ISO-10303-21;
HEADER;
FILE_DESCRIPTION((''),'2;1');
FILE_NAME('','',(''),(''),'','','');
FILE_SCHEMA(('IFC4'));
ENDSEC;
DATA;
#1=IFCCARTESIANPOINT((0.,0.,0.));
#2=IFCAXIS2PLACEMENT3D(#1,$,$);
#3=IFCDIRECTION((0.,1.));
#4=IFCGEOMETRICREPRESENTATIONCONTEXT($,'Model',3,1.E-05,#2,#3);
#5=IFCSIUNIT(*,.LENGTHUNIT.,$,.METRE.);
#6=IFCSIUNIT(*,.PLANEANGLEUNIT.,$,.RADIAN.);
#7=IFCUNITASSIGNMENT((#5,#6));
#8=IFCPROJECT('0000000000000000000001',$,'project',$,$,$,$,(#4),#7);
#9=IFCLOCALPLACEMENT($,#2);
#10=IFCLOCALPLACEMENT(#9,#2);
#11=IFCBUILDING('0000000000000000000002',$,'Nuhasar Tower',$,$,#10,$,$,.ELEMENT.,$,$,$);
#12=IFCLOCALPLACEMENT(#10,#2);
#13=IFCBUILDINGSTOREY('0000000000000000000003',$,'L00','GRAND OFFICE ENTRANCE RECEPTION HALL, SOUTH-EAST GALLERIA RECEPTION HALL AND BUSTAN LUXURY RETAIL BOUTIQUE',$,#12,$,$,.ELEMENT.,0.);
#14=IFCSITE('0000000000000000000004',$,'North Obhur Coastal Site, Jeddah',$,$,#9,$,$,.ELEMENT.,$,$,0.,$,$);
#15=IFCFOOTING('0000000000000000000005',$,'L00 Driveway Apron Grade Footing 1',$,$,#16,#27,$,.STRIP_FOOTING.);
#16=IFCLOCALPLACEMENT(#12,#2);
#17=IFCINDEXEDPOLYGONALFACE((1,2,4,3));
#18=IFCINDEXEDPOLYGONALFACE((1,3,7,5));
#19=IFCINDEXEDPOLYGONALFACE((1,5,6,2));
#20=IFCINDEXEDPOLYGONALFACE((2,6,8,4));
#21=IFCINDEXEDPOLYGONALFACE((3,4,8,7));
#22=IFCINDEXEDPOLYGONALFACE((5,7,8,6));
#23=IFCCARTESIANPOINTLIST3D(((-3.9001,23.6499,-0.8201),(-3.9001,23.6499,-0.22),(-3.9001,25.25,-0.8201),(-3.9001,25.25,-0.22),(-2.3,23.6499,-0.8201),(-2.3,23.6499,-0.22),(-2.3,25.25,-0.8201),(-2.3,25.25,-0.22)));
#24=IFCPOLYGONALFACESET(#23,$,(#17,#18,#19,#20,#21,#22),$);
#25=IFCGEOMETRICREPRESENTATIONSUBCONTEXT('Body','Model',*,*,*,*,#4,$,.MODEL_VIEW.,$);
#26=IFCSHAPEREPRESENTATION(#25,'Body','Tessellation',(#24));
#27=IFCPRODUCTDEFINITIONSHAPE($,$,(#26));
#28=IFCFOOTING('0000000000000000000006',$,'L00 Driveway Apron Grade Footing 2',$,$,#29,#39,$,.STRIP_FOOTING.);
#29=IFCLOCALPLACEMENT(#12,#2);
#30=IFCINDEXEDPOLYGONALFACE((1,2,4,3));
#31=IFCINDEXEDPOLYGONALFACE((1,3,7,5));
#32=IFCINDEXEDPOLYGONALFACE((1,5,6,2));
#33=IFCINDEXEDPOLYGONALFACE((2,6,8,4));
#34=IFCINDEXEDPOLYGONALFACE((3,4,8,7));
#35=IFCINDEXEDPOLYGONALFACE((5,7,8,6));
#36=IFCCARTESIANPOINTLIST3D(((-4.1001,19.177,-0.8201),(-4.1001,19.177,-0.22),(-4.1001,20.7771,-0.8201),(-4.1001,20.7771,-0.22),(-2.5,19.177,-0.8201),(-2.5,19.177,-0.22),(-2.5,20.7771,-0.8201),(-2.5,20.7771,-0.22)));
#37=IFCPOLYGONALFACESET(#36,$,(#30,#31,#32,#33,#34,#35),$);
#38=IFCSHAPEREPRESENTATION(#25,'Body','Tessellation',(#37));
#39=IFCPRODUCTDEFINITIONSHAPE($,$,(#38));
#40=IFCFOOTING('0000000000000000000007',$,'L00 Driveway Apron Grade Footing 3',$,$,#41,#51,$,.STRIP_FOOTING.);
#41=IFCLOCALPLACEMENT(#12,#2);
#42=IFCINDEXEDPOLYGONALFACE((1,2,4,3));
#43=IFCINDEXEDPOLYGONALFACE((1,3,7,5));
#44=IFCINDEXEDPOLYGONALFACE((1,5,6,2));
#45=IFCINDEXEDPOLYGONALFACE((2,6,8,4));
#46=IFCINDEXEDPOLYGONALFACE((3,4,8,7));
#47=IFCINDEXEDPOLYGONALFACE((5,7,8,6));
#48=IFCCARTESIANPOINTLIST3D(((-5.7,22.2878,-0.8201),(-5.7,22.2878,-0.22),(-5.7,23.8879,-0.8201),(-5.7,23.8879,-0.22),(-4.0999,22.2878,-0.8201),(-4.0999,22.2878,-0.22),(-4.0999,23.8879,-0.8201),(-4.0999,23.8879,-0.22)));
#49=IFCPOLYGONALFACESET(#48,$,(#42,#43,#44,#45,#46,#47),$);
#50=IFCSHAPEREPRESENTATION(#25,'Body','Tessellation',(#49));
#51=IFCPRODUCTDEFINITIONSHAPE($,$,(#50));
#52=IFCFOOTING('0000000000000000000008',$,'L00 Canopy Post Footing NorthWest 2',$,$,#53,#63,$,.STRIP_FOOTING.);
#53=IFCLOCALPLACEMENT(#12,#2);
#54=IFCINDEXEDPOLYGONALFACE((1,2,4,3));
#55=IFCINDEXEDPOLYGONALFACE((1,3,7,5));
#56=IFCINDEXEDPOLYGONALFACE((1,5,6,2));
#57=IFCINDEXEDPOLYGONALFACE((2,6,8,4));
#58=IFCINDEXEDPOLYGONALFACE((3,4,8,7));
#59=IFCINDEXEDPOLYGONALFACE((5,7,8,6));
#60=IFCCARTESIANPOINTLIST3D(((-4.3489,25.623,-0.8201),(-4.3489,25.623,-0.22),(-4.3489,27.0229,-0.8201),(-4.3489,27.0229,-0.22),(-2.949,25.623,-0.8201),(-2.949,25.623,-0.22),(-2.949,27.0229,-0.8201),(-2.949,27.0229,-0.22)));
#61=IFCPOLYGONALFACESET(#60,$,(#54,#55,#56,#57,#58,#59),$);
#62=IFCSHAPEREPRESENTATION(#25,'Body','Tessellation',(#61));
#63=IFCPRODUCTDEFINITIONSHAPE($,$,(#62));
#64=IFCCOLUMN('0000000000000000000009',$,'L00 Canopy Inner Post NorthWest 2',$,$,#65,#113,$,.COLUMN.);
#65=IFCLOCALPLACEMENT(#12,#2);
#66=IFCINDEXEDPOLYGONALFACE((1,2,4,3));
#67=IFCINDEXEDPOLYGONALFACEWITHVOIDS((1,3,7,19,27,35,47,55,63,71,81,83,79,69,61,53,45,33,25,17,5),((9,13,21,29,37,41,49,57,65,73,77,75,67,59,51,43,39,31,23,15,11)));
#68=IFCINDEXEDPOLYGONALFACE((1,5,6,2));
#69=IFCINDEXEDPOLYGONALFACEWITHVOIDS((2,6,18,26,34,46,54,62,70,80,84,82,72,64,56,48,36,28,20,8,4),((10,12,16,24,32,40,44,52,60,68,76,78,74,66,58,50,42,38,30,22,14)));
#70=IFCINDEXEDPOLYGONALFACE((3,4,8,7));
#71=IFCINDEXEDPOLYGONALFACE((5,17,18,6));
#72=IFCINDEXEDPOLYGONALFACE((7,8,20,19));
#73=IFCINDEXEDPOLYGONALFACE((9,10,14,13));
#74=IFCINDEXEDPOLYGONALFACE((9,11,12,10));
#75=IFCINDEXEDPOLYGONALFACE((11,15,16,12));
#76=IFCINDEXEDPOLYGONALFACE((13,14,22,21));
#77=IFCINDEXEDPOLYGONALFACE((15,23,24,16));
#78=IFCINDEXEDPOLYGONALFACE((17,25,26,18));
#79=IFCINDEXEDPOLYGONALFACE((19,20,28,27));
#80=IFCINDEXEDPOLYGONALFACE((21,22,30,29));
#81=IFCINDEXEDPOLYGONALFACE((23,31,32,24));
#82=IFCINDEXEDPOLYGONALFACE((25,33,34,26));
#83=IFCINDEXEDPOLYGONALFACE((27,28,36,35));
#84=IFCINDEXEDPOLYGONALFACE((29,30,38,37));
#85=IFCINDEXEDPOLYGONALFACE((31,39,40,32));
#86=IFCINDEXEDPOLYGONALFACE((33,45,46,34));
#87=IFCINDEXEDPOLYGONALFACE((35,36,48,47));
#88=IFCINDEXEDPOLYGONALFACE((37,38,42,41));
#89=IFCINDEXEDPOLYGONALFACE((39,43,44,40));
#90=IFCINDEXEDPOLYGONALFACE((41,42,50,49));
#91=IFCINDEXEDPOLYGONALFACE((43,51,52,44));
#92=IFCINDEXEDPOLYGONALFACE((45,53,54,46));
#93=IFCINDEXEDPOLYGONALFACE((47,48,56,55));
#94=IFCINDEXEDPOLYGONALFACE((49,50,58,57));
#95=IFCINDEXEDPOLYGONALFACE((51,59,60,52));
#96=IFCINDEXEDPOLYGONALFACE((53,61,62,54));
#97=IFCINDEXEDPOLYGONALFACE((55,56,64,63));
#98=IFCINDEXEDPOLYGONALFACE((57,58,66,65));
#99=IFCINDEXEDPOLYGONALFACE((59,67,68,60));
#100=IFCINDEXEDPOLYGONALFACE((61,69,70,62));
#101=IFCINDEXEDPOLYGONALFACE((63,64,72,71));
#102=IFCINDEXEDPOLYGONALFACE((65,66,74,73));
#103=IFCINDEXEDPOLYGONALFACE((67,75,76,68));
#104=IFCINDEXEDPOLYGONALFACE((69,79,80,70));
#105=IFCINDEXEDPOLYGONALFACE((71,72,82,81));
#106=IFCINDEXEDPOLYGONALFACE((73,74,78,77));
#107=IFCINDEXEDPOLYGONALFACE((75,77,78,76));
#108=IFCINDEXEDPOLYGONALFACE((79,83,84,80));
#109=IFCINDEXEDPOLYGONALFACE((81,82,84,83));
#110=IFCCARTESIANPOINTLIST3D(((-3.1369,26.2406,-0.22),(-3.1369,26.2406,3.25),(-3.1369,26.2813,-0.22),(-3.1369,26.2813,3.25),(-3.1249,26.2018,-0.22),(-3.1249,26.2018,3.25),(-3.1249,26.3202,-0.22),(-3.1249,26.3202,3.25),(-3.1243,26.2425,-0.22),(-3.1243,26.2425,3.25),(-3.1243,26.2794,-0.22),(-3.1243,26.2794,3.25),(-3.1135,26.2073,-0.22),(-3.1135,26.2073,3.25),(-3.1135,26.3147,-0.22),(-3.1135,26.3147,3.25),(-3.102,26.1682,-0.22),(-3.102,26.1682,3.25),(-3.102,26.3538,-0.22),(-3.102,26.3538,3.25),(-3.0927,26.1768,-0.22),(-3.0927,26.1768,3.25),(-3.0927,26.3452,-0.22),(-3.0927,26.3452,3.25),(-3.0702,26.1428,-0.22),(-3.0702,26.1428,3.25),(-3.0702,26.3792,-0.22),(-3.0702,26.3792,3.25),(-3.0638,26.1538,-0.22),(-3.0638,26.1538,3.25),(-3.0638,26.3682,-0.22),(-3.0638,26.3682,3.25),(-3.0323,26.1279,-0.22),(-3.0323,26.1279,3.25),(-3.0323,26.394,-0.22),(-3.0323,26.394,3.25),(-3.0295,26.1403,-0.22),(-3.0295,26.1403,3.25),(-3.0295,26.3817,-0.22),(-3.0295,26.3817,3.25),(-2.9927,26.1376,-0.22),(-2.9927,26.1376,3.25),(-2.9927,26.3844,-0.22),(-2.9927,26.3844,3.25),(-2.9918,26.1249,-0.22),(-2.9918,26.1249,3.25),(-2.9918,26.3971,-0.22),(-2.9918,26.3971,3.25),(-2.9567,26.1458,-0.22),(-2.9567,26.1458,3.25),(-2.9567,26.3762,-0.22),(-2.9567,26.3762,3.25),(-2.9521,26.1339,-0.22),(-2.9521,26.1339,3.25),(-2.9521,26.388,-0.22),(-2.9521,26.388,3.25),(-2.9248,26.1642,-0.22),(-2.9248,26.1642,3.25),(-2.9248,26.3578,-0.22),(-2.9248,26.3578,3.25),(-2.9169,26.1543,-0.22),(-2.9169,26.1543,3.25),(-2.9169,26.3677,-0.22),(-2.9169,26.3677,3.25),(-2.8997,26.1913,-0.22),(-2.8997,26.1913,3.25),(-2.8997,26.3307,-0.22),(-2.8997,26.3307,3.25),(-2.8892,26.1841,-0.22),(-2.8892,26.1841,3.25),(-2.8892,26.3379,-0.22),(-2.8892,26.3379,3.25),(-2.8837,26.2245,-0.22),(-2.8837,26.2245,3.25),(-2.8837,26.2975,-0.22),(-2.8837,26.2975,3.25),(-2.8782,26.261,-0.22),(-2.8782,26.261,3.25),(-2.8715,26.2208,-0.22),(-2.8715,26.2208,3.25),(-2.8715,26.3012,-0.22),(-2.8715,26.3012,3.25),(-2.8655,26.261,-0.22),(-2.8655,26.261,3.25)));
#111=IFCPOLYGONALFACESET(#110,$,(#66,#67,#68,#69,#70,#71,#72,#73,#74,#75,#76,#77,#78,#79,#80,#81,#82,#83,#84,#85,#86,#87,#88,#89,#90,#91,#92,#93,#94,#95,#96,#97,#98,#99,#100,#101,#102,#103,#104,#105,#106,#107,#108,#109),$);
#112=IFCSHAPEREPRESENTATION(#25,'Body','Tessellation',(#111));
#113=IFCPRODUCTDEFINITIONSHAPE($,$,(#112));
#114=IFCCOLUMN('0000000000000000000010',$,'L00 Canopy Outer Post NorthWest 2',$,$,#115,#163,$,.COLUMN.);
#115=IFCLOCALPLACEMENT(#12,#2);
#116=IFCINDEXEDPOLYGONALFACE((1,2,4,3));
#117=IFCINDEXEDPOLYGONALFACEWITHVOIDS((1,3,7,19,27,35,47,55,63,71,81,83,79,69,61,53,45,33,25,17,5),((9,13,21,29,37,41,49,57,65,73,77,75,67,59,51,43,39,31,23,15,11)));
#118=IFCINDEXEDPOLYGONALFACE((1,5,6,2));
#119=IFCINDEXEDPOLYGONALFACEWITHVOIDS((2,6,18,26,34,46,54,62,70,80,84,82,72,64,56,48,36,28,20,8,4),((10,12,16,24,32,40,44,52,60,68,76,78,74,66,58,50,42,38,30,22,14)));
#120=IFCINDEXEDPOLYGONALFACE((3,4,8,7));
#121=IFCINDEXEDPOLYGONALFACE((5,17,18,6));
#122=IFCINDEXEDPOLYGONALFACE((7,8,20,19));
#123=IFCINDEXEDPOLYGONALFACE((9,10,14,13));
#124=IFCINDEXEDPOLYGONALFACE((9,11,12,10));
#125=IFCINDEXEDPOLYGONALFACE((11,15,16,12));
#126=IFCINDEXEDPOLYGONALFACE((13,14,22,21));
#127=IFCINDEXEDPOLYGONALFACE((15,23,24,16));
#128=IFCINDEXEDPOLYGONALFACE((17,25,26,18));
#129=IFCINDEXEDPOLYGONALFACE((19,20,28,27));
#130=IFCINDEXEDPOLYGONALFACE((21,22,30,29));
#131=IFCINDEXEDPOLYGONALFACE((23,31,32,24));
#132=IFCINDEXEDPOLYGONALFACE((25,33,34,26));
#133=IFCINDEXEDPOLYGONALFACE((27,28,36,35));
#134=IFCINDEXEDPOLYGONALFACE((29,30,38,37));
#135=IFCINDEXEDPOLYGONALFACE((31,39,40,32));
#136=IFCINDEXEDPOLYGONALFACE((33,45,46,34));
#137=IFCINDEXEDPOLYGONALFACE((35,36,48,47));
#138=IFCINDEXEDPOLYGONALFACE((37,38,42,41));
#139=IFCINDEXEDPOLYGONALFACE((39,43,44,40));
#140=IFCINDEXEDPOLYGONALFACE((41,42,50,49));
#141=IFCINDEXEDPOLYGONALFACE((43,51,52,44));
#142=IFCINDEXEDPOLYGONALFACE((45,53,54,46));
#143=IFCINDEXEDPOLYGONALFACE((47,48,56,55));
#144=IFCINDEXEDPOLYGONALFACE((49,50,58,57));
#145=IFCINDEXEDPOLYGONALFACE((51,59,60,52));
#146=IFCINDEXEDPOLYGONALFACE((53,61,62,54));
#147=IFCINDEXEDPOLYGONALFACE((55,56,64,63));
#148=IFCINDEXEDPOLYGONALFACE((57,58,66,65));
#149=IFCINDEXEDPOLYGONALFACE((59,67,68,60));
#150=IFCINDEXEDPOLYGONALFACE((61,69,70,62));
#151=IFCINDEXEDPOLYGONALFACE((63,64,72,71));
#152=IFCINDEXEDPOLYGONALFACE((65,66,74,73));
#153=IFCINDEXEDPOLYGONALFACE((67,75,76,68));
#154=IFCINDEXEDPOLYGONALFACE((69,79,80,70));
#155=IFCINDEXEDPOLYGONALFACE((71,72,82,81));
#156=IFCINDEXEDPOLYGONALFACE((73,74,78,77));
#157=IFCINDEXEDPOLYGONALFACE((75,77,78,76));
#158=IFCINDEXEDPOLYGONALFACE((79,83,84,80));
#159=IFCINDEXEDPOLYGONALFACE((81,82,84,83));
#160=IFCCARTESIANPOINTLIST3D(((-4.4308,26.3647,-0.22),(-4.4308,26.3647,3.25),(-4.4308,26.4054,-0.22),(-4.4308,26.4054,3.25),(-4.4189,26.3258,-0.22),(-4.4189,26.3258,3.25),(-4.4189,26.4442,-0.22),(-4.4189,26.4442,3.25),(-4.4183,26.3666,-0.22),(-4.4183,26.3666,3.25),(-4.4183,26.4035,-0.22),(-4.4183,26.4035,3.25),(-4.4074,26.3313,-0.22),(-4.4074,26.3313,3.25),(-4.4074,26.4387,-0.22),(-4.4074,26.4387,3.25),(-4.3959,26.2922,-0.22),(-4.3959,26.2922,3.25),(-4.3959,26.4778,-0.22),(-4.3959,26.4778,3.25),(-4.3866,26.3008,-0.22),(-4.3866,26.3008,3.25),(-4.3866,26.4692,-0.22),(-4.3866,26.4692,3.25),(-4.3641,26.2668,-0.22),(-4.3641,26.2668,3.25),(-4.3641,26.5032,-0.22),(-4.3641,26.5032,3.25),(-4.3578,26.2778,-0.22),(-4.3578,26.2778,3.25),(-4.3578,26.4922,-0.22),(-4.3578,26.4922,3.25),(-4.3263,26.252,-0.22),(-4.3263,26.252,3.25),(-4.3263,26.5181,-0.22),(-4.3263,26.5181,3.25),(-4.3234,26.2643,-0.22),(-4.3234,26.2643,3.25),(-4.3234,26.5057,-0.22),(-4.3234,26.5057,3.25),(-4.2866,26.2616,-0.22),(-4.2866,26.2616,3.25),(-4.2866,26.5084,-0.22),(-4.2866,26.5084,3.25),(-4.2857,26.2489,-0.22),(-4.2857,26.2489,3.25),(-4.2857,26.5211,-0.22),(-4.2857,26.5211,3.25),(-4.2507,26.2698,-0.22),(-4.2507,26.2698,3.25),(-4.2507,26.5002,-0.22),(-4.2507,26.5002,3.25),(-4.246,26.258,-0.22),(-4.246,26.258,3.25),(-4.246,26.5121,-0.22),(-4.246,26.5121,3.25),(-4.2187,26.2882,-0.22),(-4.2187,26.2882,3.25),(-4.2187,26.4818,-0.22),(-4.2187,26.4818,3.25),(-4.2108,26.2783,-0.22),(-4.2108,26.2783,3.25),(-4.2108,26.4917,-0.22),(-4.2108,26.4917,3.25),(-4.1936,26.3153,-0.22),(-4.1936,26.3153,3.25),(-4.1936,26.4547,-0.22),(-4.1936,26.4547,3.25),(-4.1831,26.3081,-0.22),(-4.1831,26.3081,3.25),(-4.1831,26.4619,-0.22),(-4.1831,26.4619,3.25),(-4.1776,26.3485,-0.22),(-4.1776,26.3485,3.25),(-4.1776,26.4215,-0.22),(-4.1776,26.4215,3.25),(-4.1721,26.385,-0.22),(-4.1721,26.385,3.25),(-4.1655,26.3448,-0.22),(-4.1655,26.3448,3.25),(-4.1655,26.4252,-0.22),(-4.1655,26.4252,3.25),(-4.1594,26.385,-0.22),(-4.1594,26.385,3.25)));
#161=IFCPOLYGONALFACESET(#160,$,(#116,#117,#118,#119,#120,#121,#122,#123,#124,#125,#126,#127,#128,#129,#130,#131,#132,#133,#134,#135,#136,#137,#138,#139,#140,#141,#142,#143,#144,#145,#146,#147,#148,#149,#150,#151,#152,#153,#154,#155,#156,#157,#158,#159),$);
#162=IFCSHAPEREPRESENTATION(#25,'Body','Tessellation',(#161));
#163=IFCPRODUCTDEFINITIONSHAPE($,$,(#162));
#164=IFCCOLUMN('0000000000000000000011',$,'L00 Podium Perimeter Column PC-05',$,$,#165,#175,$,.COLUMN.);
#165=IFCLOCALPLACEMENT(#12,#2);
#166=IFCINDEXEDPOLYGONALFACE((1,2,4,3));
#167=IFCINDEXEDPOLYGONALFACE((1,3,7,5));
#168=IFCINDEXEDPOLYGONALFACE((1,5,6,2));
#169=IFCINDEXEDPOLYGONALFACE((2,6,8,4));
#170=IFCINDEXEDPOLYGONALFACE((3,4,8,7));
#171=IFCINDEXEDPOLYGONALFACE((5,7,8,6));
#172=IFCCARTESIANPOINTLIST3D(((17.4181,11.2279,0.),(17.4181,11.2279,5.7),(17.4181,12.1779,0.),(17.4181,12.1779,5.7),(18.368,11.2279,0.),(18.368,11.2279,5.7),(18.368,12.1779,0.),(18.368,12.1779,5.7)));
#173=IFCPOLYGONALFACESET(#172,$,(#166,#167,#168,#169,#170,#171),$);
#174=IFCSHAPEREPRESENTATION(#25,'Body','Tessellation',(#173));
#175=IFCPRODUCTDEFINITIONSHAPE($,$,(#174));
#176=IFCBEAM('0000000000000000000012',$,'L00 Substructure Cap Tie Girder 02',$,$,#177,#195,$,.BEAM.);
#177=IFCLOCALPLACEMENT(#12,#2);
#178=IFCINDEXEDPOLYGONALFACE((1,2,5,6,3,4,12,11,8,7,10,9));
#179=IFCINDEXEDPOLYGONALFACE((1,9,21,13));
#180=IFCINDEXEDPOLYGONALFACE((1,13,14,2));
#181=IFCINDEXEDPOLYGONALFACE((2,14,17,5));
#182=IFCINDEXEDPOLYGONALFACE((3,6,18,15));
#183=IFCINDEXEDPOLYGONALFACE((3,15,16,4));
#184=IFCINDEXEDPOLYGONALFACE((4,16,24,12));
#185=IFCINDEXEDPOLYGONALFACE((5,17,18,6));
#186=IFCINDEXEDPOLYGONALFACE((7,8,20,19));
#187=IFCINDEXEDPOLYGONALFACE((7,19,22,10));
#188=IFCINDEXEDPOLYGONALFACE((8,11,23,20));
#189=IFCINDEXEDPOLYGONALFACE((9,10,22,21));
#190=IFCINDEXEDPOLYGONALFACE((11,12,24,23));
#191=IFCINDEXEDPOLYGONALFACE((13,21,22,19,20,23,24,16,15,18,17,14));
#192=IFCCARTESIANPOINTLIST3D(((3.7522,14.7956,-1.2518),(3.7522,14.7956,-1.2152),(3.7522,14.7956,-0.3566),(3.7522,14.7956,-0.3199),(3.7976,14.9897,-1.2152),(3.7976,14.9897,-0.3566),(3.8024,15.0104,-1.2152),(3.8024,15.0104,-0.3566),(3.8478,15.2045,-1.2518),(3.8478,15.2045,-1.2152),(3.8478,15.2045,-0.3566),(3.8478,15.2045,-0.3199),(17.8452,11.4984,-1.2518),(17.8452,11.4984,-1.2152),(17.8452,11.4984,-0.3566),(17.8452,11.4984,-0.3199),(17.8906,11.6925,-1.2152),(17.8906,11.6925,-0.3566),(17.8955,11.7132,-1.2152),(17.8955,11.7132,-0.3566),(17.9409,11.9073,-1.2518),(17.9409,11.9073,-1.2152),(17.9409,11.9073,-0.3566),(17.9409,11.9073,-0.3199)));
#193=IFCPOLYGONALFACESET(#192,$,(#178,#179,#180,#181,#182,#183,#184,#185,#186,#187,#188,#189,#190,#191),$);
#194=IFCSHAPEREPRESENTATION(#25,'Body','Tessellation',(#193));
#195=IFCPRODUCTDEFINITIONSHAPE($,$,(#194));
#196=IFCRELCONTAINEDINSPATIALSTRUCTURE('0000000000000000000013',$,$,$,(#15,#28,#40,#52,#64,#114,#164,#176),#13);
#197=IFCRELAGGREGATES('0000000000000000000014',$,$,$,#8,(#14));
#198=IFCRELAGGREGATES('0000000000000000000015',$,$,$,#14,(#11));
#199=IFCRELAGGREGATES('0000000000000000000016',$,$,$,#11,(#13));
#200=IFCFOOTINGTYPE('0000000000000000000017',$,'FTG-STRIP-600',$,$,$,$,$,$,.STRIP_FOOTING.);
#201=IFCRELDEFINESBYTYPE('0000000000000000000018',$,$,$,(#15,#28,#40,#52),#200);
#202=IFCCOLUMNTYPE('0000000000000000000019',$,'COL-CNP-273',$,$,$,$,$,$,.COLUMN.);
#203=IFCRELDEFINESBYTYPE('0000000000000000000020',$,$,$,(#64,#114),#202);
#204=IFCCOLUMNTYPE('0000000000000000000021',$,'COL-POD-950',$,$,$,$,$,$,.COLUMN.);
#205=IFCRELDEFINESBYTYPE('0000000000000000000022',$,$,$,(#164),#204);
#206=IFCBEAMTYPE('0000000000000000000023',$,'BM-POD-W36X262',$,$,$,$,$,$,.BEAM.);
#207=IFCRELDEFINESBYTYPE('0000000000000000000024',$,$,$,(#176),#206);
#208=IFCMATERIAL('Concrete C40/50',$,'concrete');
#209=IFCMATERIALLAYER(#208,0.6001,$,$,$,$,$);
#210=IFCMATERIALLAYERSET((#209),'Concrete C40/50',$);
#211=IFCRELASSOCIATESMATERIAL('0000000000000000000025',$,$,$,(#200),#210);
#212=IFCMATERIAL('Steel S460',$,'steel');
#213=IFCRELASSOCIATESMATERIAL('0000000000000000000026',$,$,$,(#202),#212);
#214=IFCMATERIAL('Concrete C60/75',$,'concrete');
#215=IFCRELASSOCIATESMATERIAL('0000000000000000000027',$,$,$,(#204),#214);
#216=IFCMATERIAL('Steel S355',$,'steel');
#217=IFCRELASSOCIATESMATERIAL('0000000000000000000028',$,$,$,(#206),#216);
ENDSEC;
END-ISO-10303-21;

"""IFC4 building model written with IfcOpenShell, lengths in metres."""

from ifc_helpers import new_model, si_unit, direction, frame, origin, origin_2d, place, context, subcontext, project, spatial, rectangle, hollow_circle, i_section, extrude, material, layer, layer_set, material_profile, profile_set, type_object, element, save


model = new_model("IFC4")

# Units and contexts
model_context = context("Model", 3, precision=1e-05, world=origin(), true_north=direction((0.0, 1.0)))
body_context = subcontext(model_context, "Body", "Model", "MODEL_VIEW")
ifc_project = project(units=[si_unit("LENGTHUNIT", "METRE"), si_unit("PLANEANGLEUNIT", "RADIAN")], contexts=[model_context])

# Site, building, storey
site_placement = place(None, origin())
site = spatial("IfcSite", under=ifc_project, at=site_placement, Name="North Obhur Coastal Site, Jeddah", CompositionType="ELEMENT", RefElevation=0.0)
building_placement = place(site_placement, origin())
building = spatial("IfcBuilding", under=site, at=building_placement, Name="Nuhasar Tower", CompositionType="ELEMENT")
storey_placement = place(building_placement, origin())
storey = spatial("IfcBuildingStorey", under=building, at=storey_placement, Name="L00", Description="GRAND OFFICE ENTRANCE RECEPTION HALL, SOUTH-EAST GALLERIA RECEPTION HALL AND BUSTAN LUXURY RETAIL BOUTIQUE", CompositionType="ELEMENT", Elevation=0.0)

# Footings
ifc_material_1 = material(Name="Concrete C40/50", Category="concrete")
ifc_layer_1 = layer(ifc_material_1, 0.6001)
ifc_layer_set_1 = layer_set([ifc_layer_1], Name="Concrete C40/50")
footing_type = type_object("IfcFootingType", Name="FTG-STRIP-600", PredefinedType="STRIP_FOOTING", material=ifc_layer_set_1)
for number, where, z_axis, x_axis, name in (
    (1, (-3.1001, 24.45, -0.8201), (0.0, 0.0, 1.0), (1.0, 0.0, 0.0), "L00 Driveway Apron Grade Footing 1"),
    (2, (-3.3, 19.9771, -0.8201), (0.0, 0.0, 1.0), (1.0, 0.0, 0.0), "L00 Driveway Apron Grade Footing 2"),
    (3, (-4.8999, 23.0879, -0.8201), (0.0, 0.0, 1.0), (1.0, 0.0, 0.0), "L00 Driveway Apron Grade Footing 3"),
):
    element("IfcFooting", number, at=place(storey_placement, frame(where, z_axis=z_axis, x_axis=x_axis)), inside=storey, type_object=footing_type, Name=name, PredefinedType="STRIP_FOOTING", context=body_context, shape_type="SweptSolid", body=[
        extrude(rectangle(XDim=1.6001, YDim=1.6001, at=origin_2d()), origin(), (0.0, 0.0, 1.0), 0.6001),
    ])
footing_placement = place(storey_placement, frame((-3.6489, 26.323, -0.8201), z_axis=(0.0, 0.0, 1.0), x_axis=(1.0, 0.0, 0.0)))
element("IfcFooting", 4, at=footing_placement, inside=storey, type_object=footing_type, Name="L00 Canopy Post Footing NorthWest 2", PredefinedType="STRIP_FOOTING", context=body_context, shape_type="SweptSolid", body=[
    extrude(rectangle(XDim=1.3999, YDim=1.3999, at=origin_2d()), origin(), (0.0, 0.0, 1.0), 0.6001),
])

# Columns
ifc_material_2 = material(Name="Steel S460", Category="steel")
ifc_material_profile_1 = material_profile(ifc_material_2, hollow_circle(Radius=0.1365, WallThickness=0.0127, at=origin_2d()), Name="HSS273.1X12.7")
ifc_profile_set_1 = profile_set([ifc_material_profile_1], Name="Steel S460")
column_type_1 = type_object("IfcColumnType", Name="COL-CNP-273", PredefinedType="COLUMN", material=ifc_profile_set_1)
for number, where, z_axis, x_axis, name in (
    (5, (-3.002, 26.261, -0.22), (0.0, 0.0, 1.0), (1.0, 0.0, 0.0), "L00 Canopy Inner Post NorthWest 2"),
    (6, (-4.2959, 26.385, -0.22), (0.0, 0.0, 1.0), (1.0, 0.0, 0.0), "L00 Canopy Outer Post NorthWest 2"),
):
    element("IfcColumn", number, at=place(storey_placement, frame(where, z_axis=z_axis, x_axis=x_axis)), inside=storey, type_object=column_type_1, Name=name, PredefinedType="COLUMN", context=body_context, shape_type="SweptSolid", body=[
        extrude(hollow_circle(Radius=0.1365, WallThickness=0.0127, at=origin_2d()), origin(), (0.0, 0.0, 1.0), 3.47),
    ])
ifc_material_3 = material(Name="Concrete C60/75", Category="concrete")
ifc_material_profile_2 = material_profile(ifc_material_3, rectangle(XDim=0.95, YDim=0.95, at=origin_2d()), Name="RC950X950")
ifc_profile_set_2 = profile_set([ifc_material_profile_2], Name="Concrete C60/75")
column_type_2 = type_object("IfcColumnType", Name="COL-POD-950", PredefinedType="COLUMN", material=ifc_profile_set_2)
column_placement = place(storey_placement, frame((17.8931, 11.7029, 0.0), z_axis=(0.0, 0.0, 1.0), x_axis=(1.0, 0.0, 0.0)))
element("IfcColumn", 7, at=column_placement, inside=storey, type_object=column_type_2, Name="L00 Podium Perimeter Column PC-05", PredefinedType="COLUMN", context=body_context, shape_type="SweptSolid", body=[
    extrude(rectangle(XDim=0.95, YDim=0.95, at=origin_2d()), origin(), (0.0, 0.0, 1.0), 5.7),
])

# Beam
ifc_material_4 = material(Name="Steel S355", Category="steel")
ifc_material_profile_3 = material_profile(ifc_material_4, i_section(OverallWidth=0.4199, OverallDepth=0.9319, WebThickness=0.0212, FlangeThickness=0.0366, at=origin_2d()), Name="W36X262")
ifc_profile_set_3 = profile_set([ifc_material_profile_3], Name="Steel S355")
beam_type_1 = type_object("IfcBeamType", Name="BM-POD-W36X262", PredefinedType="BEAM", material=ifc_profile_set_3)
beam_1_placement = place(storey_placement, frame((17.8931, 11.7029, -0.7859), z_axis=(-0.973707, 0.227803, 0.0), x_axis=(-0.227803, -0.973707, 0.0)))
element("IfcBeam", 8, at=beam_1_placement, inside=storey, type_object=beam_type_1, Name="L00 Substructure Cap Tie Girder 02", PredefinedType="BEAM", context=body_context, shape_type="SweptSolid", body=[
    extrude(i_section(OverallWidth=0.4199, OverallDepth=0.9319, WebThickness=0.0212, FlangeThickness=0.0366, at=origin_2d()), origin(), (0.0, 0.0, 1.0), 14.4736),
])

save(model, "model.ifc")
